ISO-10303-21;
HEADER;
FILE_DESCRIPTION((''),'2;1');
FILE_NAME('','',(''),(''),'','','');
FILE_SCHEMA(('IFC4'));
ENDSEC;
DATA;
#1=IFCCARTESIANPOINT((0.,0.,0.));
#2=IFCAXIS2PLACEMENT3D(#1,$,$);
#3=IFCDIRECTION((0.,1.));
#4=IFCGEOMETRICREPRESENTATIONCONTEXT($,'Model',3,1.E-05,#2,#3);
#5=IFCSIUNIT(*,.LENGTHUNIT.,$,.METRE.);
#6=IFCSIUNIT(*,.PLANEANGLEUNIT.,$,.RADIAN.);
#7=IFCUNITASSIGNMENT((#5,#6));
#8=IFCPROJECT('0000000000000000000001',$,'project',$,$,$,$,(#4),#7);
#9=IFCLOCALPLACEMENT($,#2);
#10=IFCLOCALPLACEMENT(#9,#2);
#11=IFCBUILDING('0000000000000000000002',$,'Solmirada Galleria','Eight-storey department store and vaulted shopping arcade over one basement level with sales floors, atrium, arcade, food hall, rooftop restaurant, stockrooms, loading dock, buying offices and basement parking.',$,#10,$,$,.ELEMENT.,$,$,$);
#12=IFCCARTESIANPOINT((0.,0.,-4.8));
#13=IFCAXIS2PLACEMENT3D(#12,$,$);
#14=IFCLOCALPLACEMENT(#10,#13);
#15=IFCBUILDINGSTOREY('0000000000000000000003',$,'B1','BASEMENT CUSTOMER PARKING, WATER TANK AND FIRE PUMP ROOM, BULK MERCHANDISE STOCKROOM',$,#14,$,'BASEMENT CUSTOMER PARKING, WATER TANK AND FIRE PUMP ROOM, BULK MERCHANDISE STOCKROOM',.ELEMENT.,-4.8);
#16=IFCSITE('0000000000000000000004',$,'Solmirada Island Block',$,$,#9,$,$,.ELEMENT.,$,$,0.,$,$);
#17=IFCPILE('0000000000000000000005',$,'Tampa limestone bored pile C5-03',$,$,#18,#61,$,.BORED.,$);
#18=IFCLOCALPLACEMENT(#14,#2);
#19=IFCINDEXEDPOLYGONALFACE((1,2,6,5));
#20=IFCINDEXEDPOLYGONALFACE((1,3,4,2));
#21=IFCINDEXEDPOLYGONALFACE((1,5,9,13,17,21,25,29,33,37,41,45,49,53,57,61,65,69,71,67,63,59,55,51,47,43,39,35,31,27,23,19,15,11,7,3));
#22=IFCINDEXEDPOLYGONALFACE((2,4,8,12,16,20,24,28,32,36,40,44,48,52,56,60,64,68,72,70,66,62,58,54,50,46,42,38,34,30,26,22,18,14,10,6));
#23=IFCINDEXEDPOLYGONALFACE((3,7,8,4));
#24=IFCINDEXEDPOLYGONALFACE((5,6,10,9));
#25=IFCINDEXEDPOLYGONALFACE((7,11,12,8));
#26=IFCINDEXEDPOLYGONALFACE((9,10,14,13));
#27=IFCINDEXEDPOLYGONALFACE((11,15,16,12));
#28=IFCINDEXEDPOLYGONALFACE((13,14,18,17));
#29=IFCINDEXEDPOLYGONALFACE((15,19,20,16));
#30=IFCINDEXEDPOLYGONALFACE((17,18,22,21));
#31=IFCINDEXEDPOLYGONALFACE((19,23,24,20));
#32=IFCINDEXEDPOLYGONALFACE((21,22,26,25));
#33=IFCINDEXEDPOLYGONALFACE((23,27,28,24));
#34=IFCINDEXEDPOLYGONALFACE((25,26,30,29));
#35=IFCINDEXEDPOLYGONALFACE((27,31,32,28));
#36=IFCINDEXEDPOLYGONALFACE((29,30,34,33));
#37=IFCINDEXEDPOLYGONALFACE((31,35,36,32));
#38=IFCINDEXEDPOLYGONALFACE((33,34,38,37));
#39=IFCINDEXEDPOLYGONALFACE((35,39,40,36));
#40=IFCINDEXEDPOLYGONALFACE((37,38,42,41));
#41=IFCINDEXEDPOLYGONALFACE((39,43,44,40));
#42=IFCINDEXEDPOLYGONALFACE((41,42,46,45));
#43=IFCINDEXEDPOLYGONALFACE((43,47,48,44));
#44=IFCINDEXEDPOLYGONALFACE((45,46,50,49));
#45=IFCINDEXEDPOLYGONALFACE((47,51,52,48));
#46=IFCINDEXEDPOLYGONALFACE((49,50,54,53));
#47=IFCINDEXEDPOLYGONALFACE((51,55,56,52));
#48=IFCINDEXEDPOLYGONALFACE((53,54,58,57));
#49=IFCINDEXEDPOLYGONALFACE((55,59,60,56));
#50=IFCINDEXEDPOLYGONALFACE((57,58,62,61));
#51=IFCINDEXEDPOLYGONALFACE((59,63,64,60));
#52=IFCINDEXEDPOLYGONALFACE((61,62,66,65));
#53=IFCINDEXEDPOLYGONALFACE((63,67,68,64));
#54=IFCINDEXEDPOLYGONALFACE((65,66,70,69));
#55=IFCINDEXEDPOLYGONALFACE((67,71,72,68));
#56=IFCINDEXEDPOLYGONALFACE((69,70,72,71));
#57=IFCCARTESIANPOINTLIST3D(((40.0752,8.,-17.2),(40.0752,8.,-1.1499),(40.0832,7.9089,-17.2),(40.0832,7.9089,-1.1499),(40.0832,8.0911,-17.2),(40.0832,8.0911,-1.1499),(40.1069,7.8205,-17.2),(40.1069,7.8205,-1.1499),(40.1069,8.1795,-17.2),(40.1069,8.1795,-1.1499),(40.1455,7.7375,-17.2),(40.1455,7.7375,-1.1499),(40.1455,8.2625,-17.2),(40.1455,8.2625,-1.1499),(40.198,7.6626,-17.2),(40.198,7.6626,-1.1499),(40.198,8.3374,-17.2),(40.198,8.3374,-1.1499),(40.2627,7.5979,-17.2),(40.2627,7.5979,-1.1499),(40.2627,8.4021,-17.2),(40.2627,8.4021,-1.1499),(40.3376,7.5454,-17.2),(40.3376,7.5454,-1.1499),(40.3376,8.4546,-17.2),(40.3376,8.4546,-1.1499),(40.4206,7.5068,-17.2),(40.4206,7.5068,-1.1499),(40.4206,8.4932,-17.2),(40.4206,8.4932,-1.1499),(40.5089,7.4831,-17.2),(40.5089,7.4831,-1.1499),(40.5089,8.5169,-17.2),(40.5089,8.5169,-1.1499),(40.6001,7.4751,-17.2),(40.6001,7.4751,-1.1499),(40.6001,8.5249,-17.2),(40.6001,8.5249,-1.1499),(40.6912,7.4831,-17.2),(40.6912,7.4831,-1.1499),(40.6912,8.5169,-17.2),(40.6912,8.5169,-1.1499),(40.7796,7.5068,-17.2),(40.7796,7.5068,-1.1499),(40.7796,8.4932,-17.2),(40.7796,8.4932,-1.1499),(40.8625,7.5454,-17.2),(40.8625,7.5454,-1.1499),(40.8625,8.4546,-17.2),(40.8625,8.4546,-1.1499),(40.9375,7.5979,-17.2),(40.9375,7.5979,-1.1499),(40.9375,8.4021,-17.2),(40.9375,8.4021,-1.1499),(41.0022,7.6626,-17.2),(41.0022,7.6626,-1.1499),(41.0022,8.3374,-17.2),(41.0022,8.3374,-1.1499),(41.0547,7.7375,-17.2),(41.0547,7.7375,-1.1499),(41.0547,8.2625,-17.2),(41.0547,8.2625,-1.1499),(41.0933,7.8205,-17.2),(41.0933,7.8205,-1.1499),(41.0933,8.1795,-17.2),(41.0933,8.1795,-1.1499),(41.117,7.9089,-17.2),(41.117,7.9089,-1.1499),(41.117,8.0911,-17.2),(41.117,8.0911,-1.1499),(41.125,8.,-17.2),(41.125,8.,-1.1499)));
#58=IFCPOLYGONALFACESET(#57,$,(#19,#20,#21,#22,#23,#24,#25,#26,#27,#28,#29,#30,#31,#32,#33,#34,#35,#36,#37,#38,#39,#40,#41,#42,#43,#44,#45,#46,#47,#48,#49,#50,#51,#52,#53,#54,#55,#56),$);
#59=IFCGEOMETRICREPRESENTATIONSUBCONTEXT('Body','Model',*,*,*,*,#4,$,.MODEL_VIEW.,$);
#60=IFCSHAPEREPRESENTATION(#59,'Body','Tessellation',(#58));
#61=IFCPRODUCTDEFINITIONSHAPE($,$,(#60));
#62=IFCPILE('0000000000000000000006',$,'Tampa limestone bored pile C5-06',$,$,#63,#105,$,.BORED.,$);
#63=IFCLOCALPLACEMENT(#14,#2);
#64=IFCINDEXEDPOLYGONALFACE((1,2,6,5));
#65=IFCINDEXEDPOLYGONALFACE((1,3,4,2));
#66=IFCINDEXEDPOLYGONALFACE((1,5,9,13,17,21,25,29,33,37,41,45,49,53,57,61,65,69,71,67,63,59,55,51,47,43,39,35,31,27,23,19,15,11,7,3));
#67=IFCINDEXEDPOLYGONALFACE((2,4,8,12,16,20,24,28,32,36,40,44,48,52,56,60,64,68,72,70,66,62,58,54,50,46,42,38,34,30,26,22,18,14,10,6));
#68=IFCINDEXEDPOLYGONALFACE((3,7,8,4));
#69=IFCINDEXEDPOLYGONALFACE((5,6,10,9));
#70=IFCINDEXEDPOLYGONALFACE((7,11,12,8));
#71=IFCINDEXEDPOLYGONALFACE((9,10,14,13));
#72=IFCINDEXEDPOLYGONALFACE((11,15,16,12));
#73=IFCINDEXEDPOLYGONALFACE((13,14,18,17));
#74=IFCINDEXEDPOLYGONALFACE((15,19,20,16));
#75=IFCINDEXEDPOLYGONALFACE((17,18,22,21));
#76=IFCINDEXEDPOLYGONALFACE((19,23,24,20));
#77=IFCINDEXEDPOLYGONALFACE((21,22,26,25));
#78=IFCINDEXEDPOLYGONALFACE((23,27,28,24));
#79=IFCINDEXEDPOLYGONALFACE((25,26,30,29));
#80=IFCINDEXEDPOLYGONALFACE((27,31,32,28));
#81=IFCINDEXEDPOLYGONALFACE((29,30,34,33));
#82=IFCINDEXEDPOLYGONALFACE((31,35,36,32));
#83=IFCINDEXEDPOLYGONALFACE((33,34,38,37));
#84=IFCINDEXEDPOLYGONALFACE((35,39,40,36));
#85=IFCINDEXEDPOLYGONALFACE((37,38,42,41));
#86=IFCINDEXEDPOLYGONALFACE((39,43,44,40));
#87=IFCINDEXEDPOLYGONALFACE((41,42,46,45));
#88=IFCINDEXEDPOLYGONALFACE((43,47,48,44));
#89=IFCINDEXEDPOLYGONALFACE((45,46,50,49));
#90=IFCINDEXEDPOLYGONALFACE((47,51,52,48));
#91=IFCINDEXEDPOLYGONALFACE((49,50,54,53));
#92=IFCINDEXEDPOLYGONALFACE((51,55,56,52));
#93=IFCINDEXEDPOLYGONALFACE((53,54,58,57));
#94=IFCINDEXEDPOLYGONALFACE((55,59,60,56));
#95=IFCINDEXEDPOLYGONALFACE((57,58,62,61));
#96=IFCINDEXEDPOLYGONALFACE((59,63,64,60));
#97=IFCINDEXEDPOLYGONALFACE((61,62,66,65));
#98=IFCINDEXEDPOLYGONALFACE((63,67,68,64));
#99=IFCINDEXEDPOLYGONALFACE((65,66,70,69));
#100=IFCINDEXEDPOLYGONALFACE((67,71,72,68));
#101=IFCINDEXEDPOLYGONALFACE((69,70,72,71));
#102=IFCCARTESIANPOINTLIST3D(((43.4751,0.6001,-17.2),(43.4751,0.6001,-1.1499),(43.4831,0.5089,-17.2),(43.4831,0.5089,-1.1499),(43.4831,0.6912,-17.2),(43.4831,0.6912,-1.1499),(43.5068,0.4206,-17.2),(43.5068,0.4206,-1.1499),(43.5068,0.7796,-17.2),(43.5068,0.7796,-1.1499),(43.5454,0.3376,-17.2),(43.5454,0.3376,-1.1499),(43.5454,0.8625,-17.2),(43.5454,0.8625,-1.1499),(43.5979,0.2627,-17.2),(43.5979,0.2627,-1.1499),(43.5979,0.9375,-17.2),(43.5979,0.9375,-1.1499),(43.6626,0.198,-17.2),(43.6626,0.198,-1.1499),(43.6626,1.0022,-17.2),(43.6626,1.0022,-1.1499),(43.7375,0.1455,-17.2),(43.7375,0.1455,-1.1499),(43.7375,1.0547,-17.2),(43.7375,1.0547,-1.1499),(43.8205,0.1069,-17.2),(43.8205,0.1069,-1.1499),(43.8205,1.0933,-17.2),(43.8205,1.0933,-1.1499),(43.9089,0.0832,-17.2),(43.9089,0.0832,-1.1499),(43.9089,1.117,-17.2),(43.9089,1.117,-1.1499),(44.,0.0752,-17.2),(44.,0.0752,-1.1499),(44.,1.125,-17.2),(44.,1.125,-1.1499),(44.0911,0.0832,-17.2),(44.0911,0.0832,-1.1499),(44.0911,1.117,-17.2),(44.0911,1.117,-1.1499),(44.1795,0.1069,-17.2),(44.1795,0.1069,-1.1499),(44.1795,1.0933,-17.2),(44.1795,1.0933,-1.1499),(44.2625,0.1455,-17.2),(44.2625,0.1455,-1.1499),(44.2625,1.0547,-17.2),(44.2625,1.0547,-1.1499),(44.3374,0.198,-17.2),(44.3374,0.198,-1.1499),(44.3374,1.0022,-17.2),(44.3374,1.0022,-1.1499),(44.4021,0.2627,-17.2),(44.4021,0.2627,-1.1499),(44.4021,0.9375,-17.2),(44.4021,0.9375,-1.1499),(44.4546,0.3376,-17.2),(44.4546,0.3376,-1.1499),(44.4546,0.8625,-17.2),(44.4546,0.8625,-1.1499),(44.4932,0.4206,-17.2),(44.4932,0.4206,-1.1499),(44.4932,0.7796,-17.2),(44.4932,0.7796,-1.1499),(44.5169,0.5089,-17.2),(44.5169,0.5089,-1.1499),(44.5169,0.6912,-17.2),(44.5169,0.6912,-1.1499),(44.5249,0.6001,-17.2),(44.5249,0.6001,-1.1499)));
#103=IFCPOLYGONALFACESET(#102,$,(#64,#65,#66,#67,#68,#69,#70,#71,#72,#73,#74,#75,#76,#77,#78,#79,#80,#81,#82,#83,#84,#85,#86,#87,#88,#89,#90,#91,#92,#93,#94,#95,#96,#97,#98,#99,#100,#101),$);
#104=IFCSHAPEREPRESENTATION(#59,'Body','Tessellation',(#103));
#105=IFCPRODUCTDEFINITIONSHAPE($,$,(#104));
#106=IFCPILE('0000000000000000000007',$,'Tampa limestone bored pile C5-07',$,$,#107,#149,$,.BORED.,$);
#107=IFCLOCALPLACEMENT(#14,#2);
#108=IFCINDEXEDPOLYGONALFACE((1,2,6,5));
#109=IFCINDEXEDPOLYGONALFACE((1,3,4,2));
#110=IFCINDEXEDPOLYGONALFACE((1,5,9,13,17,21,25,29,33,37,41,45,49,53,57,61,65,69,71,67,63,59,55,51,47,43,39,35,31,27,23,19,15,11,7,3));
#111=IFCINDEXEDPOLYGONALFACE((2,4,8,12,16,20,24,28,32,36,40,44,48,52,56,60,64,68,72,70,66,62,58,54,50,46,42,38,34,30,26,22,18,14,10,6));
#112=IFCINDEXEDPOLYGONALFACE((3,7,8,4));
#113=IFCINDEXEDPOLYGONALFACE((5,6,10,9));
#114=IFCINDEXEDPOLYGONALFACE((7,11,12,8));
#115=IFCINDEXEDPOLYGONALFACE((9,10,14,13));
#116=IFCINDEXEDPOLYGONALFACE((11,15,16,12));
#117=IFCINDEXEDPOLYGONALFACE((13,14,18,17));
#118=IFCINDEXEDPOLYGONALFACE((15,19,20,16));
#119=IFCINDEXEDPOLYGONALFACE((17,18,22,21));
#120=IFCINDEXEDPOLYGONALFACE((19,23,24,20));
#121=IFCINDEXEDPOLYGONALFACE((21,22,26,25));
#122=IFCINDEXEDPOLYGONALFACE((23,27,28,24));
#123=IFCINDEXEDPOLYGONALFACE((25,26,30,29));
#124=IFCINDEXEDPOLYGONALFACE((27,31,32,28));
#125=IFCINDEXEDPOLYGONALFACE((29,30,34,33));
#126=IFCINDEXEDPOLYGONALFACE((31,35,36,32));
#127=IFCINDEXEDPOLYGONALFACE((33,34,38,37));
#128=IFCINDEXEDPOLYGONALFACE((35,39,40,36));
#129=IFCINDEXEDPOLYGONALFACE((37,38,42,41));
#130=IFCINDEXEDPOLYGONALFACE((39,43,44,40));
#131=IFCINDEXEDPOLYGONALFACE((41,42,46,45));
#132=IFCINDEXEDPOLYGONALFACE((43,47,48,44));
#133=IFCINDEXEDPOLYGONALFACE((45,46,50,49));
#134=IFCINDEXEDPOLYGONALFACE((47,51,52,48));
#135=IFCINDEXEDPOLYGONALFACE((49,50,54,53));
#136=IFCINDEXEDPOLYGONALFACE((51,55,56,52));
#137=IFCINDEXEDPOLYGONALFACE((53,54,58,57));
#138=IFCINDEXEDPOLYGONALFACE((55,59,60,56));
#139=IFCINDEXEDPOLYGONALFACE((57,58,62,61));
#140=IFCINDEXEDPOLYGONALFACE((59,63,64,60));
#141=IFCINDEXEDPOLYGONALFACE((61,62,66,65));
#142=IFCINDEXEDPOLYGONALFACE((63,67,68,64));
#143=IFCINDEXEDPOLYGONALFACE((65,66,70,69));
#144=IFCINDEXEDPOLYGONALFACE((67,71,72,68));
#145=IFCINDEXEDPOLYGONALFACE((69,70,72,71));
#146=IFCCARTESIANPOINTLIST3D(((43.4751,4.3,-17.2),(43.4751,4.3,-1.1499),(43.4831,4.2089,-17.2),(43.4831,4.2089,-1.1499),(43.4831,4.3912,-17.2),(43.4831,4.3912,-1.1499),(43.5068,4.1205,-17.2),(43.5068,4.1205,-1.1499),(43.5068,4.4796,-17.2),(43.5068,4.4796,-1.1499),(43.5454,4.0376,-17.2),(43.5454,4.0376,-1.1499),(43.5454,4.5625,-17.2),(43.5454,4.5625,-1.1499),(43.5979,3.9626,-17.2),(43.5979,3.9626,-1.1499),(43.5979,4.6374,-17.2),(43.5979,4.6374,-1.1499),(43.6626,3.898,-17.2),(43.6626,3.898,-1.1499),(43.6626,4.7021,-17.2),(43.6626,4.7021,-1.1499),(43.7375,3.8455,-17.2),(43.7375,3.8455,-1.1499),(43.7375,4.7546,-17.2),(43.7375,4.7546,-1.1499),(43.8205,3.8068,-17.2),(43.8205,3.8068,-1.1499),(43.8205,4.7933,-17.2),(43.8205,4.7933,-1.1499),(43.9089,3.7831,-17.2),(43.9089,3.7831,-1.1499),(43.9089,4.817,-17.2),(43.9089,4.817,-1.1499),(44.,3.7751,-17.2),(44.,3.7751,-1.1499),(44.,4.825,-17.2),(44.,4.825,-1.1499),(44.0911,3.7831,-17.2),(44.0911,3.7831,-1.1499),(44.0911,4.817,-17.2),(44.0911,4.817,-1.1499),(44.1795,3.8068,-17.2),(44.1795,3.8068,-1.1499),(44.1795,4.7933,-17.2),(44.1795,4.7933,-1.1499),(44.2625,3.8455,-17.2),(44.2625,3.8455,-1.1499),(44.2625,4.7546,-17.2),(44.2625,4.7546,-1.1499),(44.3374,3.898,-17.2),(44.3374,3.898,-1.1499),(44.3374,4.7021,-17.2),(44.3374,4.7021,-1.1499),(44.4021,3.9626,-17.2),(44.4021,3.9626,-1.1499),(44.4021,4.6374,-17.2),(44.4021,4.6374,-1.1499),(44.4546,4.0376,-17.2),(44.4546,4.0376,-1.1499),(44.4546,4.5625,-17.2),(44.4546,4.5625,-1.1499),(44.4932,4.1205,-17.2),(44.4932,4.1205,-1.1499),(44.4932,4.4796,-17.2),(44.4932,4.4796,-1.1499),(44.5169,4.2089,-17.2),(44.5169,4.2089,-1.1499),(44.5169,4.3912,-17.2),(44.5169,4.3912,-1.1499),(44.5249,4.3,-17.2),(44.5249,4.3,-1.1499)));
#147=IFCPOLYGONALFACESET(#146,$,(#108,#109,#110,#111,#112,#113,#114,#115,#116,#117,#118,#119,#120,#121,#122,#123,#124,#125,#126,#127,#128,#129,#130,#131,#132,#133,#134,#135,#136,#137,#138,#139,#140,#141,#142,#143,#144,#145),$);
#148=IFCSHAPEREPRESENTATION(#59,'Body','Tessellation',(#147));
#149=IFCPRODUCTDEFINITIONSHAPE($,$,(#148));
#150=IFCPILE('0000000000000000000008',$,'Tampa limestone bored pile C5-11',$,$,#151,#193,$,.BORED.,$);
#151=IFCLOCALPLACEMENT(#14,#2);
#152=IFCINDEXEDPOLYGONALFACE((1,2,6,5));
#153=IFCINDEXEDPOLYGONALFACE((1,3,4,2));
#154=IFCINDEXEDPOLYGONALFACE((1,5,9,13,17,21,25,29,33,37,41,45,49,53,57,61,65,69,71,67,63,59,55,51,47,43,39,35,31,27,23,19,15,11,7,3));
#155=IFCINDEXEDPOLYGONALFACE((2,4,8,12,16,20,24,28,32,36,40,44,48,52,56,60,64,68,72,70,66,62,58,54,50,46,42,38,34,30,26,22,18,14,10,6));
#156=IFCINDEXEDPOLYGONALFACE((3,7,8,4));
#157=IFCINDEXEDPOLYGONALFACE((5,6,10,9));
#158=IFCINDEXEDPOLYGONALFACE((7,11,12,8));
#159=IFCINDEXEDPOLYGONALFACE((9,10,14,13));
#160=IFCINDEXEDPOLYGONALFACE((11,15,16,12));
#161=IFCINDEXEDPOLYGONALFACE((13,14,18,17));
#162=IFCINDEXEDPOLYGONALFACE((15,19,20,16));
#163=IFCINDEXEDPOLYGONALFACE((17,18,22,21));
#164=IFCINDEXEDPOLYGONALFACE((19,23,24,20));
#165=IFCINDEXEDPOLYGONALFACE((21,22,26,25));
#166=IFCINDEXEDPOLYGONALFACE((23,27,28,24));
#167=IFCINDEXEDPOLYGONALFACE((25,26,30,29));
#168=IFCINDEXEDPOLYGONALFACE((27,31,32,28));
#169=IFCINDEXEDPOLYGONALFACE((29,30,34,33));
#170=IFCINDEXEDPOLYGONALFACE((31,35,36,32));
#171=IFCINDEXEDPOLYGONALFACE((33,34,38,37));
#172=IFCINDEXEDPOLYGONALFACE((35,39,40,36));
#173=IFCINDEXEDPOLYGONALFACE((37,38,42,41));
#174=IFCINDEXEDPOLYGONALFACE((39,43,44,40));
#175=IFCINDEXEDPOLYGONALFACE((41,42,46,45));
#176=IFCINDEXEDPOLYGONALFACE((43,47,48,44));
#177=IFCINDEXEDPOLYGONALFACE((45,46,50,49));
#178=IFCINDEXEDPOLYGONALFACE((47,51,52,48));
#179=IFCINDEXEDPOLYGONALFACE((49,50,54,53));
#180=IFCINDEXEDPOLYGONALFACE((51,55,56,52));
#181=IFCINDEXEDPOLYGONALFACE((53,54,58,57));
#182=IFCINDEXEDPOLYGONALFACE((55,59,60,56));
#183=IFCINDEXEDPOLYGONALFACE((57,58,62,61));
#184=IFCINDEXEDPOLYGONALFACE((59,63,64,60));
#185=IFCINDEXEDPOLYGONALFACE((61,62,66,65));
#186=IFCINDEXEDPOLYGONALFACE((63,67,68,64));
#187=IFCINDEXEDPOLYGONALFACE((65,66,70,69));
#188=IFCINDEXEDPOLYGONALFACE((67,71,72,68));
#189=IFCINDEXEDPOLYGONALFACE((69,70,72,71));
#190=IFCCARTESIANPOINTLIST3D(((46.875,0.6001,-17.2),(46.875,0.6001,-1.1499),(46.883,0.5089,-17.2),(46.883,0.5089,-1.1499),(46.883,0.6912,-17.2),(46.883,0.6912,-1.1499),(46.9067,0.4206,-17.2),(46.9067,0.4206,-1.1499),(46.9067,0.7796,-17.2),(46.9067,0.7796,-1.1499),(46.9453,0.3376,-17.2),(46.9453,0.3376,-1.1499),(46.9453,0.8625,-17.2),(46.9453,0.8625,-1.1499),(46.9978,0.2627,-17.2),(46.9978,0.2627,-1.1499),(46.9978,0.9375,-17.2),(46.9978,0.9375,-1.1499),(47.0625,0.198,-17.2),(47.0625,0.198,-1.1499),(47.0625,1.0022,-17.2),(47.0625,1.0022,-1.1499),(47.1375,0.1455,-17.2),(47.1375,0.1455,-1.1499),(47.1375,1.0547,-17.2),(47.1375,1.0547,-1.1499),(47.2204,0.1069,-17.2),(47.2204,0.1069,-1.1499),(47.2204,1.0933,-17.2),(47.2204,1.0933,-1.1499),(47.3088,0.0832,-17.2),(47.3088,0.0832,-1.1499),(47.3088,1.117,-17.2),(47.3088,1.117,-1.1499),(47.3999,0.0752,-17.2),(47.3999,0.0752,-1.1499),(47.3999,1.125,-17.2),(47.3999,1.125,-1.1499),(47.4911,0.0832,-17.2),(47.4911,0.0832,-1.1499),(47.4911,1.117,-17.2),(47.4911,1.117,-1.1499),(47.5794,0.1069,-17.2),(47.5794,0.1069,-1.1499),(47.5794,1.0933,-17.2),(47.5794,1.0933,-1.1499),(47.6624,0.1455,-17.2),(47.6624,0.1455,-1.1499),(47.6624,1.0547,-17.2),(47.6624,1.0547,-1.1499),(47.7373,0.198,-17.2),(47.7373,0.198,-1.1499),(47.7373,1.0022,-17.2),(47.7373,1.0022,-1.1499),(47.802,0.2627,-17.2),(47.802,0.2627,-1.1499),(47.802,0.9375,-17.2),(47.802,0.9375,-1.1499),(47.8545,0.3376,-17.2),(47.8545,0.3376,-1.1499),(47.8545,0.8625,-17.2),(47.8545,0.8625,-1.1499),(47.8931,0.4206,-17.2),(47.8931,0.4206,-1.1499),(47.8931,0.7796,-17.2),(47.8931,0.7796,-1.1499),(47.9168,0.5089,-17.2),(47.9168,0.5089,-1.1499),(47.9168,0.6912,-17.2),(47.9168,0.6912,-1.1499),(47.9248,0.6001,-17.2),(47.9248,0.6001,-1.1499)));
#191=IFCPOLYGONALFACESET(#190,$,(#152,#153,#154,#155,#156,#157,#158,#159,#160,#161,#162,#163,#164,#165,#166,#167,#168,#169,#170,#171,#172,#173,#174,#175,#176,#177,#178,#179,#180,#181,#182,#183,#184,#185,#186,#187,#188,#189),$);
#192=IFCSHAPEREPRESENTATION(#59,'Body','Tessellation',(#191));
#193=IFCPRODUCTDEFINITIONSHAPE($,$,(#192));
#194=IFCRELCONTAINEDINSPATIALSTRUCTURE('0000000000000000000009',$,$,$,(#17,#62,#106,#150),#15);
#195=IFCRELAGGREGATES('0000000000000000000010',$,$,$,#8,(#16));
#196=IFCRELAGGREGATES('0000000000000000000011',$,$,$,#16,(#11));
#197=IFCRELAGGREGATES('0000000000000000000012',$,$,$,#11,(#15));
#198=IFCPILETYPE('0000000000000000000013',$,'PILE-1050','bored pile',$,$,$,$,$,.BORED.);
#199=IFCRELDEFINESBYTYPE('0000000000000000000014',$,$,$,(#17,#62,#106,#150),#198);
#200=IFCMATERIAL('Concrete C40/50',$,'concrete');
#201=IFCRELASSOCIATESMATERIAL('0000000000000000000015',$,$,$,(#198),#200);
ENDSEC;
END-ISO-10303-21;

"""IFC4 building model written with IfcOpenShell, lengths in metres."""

from ifc_helpers import new_model, si_unit, direction, frame, origin, origin_2d, place, context, subcontext, project, spatial, circle, extrude, material, material_profile, profile_set, type_object, element, save


model = new_model("IFC4")

# Units and contexts
model_context = context("Model", 3, precision=1e-05, world=origin(), true_north=direction((0.0, 1.0)))
body_context = subcontext(model_context, "Body", "Model", "MODEL_VIEW")
ifc_project = project(units=[si_unit("LENGTHUNIT", "METRE"), si_unit("PLANEANGLEUNIT", "RADIAN")], contexts=[model_context])

# Site, building, storey
site_placement = place(None, origin())
site = spatial("IfcSite", under=ifc_project, at=site_placement, Name="Solmirada Island Block", CompositionType="ELEMENT", RefElevation=0.0)
building_placement = place(site_placement, origin())
building = spatial("IfcBuilding", under=site, at=building_placement, Name="Solmirada Galleria", Description="Eight-storey department store and vaulted shopping arcade over one basement level with sales floors, atrium, arcade, food hall, rooftop restaurant, stockrooms, loading dock, buying offices and basement parking.", CompositionType="ELEMENT")
storey_placement = place(building_placement, frame((0.0, 0.0, -4.8)))
storey = spatial("IfcBuildingStorey", under=building, at=storey_placement, Name="B1", Description="BASEMENT CUSTOMER PARKING, WATER TANK AND FIRE PUMP ROOM, BULK MERCHANDISE STOCKROOM", LongName="BASEMENT CUSTOMER PARKING, WATER TANK AND FIRE PUMP ROOM, BULK MERCHANDISE STOCKROOM", CompositionType="ELEMENT", Elevation=-4.8)

# Piles
ifc_material_1 = material(Name="Concrete C40/50", Category="concrete")
ifc_material_profile_1 = material_profile(ifc_material_1, circle(Radius=0.5249, at=origin_2d()), Name="PILE1050")
ifc_profile_set_1 = profile_set([ifc_material_profile_1], Name="Concrete C40/50")
pile_type = type_object("IfcPileType", Name="PILE-1050", Description="bored pile", PredefinedType="BORED", material=ifc_profile_set_1)
for number, where, z_axis, x_axis, name in (
    (1, (40.6001, 8.0, -1.1499), (0.0, 0.0, -1.0), (1.0, 0.0, 0.0), "Tampa limestone bored pile C5-03"),
    (2, (44.0, 0.6001, -1.1499), (0.0, 0.0, -1.0), (1.0, 0.0, 0.0), "Tampa limestone bored pile C5-06"),
    (3, (44.0, 4.3, -1.1499), (0.0, 0.0, -1.0), (1.0, 0.0, 0.0), "Tampa limestone bored pile C5-07"),
    (4, (47.3999, 0.6001, -1.1499), (0.0, 0.0, -1.0), (1.0, 0.0, 0.0), "Tampa limestone bored pile C5-11"),
):
    element("IfcPile", number, at=place(storey_placement, frame(where, z_axis=z_axis, x_axis=x_axis)), inside=storey, type_object=pile_type, Name=name, PredefinedType="BORED", context=body_context, shape_type="SweptSolid", body=[
        extrude(circle(Radius=0.5249, at=origin_2d()), origin(), (0.0, 0.0, 1.0), 16.05),
    ])

save(model, "model.ifc")
